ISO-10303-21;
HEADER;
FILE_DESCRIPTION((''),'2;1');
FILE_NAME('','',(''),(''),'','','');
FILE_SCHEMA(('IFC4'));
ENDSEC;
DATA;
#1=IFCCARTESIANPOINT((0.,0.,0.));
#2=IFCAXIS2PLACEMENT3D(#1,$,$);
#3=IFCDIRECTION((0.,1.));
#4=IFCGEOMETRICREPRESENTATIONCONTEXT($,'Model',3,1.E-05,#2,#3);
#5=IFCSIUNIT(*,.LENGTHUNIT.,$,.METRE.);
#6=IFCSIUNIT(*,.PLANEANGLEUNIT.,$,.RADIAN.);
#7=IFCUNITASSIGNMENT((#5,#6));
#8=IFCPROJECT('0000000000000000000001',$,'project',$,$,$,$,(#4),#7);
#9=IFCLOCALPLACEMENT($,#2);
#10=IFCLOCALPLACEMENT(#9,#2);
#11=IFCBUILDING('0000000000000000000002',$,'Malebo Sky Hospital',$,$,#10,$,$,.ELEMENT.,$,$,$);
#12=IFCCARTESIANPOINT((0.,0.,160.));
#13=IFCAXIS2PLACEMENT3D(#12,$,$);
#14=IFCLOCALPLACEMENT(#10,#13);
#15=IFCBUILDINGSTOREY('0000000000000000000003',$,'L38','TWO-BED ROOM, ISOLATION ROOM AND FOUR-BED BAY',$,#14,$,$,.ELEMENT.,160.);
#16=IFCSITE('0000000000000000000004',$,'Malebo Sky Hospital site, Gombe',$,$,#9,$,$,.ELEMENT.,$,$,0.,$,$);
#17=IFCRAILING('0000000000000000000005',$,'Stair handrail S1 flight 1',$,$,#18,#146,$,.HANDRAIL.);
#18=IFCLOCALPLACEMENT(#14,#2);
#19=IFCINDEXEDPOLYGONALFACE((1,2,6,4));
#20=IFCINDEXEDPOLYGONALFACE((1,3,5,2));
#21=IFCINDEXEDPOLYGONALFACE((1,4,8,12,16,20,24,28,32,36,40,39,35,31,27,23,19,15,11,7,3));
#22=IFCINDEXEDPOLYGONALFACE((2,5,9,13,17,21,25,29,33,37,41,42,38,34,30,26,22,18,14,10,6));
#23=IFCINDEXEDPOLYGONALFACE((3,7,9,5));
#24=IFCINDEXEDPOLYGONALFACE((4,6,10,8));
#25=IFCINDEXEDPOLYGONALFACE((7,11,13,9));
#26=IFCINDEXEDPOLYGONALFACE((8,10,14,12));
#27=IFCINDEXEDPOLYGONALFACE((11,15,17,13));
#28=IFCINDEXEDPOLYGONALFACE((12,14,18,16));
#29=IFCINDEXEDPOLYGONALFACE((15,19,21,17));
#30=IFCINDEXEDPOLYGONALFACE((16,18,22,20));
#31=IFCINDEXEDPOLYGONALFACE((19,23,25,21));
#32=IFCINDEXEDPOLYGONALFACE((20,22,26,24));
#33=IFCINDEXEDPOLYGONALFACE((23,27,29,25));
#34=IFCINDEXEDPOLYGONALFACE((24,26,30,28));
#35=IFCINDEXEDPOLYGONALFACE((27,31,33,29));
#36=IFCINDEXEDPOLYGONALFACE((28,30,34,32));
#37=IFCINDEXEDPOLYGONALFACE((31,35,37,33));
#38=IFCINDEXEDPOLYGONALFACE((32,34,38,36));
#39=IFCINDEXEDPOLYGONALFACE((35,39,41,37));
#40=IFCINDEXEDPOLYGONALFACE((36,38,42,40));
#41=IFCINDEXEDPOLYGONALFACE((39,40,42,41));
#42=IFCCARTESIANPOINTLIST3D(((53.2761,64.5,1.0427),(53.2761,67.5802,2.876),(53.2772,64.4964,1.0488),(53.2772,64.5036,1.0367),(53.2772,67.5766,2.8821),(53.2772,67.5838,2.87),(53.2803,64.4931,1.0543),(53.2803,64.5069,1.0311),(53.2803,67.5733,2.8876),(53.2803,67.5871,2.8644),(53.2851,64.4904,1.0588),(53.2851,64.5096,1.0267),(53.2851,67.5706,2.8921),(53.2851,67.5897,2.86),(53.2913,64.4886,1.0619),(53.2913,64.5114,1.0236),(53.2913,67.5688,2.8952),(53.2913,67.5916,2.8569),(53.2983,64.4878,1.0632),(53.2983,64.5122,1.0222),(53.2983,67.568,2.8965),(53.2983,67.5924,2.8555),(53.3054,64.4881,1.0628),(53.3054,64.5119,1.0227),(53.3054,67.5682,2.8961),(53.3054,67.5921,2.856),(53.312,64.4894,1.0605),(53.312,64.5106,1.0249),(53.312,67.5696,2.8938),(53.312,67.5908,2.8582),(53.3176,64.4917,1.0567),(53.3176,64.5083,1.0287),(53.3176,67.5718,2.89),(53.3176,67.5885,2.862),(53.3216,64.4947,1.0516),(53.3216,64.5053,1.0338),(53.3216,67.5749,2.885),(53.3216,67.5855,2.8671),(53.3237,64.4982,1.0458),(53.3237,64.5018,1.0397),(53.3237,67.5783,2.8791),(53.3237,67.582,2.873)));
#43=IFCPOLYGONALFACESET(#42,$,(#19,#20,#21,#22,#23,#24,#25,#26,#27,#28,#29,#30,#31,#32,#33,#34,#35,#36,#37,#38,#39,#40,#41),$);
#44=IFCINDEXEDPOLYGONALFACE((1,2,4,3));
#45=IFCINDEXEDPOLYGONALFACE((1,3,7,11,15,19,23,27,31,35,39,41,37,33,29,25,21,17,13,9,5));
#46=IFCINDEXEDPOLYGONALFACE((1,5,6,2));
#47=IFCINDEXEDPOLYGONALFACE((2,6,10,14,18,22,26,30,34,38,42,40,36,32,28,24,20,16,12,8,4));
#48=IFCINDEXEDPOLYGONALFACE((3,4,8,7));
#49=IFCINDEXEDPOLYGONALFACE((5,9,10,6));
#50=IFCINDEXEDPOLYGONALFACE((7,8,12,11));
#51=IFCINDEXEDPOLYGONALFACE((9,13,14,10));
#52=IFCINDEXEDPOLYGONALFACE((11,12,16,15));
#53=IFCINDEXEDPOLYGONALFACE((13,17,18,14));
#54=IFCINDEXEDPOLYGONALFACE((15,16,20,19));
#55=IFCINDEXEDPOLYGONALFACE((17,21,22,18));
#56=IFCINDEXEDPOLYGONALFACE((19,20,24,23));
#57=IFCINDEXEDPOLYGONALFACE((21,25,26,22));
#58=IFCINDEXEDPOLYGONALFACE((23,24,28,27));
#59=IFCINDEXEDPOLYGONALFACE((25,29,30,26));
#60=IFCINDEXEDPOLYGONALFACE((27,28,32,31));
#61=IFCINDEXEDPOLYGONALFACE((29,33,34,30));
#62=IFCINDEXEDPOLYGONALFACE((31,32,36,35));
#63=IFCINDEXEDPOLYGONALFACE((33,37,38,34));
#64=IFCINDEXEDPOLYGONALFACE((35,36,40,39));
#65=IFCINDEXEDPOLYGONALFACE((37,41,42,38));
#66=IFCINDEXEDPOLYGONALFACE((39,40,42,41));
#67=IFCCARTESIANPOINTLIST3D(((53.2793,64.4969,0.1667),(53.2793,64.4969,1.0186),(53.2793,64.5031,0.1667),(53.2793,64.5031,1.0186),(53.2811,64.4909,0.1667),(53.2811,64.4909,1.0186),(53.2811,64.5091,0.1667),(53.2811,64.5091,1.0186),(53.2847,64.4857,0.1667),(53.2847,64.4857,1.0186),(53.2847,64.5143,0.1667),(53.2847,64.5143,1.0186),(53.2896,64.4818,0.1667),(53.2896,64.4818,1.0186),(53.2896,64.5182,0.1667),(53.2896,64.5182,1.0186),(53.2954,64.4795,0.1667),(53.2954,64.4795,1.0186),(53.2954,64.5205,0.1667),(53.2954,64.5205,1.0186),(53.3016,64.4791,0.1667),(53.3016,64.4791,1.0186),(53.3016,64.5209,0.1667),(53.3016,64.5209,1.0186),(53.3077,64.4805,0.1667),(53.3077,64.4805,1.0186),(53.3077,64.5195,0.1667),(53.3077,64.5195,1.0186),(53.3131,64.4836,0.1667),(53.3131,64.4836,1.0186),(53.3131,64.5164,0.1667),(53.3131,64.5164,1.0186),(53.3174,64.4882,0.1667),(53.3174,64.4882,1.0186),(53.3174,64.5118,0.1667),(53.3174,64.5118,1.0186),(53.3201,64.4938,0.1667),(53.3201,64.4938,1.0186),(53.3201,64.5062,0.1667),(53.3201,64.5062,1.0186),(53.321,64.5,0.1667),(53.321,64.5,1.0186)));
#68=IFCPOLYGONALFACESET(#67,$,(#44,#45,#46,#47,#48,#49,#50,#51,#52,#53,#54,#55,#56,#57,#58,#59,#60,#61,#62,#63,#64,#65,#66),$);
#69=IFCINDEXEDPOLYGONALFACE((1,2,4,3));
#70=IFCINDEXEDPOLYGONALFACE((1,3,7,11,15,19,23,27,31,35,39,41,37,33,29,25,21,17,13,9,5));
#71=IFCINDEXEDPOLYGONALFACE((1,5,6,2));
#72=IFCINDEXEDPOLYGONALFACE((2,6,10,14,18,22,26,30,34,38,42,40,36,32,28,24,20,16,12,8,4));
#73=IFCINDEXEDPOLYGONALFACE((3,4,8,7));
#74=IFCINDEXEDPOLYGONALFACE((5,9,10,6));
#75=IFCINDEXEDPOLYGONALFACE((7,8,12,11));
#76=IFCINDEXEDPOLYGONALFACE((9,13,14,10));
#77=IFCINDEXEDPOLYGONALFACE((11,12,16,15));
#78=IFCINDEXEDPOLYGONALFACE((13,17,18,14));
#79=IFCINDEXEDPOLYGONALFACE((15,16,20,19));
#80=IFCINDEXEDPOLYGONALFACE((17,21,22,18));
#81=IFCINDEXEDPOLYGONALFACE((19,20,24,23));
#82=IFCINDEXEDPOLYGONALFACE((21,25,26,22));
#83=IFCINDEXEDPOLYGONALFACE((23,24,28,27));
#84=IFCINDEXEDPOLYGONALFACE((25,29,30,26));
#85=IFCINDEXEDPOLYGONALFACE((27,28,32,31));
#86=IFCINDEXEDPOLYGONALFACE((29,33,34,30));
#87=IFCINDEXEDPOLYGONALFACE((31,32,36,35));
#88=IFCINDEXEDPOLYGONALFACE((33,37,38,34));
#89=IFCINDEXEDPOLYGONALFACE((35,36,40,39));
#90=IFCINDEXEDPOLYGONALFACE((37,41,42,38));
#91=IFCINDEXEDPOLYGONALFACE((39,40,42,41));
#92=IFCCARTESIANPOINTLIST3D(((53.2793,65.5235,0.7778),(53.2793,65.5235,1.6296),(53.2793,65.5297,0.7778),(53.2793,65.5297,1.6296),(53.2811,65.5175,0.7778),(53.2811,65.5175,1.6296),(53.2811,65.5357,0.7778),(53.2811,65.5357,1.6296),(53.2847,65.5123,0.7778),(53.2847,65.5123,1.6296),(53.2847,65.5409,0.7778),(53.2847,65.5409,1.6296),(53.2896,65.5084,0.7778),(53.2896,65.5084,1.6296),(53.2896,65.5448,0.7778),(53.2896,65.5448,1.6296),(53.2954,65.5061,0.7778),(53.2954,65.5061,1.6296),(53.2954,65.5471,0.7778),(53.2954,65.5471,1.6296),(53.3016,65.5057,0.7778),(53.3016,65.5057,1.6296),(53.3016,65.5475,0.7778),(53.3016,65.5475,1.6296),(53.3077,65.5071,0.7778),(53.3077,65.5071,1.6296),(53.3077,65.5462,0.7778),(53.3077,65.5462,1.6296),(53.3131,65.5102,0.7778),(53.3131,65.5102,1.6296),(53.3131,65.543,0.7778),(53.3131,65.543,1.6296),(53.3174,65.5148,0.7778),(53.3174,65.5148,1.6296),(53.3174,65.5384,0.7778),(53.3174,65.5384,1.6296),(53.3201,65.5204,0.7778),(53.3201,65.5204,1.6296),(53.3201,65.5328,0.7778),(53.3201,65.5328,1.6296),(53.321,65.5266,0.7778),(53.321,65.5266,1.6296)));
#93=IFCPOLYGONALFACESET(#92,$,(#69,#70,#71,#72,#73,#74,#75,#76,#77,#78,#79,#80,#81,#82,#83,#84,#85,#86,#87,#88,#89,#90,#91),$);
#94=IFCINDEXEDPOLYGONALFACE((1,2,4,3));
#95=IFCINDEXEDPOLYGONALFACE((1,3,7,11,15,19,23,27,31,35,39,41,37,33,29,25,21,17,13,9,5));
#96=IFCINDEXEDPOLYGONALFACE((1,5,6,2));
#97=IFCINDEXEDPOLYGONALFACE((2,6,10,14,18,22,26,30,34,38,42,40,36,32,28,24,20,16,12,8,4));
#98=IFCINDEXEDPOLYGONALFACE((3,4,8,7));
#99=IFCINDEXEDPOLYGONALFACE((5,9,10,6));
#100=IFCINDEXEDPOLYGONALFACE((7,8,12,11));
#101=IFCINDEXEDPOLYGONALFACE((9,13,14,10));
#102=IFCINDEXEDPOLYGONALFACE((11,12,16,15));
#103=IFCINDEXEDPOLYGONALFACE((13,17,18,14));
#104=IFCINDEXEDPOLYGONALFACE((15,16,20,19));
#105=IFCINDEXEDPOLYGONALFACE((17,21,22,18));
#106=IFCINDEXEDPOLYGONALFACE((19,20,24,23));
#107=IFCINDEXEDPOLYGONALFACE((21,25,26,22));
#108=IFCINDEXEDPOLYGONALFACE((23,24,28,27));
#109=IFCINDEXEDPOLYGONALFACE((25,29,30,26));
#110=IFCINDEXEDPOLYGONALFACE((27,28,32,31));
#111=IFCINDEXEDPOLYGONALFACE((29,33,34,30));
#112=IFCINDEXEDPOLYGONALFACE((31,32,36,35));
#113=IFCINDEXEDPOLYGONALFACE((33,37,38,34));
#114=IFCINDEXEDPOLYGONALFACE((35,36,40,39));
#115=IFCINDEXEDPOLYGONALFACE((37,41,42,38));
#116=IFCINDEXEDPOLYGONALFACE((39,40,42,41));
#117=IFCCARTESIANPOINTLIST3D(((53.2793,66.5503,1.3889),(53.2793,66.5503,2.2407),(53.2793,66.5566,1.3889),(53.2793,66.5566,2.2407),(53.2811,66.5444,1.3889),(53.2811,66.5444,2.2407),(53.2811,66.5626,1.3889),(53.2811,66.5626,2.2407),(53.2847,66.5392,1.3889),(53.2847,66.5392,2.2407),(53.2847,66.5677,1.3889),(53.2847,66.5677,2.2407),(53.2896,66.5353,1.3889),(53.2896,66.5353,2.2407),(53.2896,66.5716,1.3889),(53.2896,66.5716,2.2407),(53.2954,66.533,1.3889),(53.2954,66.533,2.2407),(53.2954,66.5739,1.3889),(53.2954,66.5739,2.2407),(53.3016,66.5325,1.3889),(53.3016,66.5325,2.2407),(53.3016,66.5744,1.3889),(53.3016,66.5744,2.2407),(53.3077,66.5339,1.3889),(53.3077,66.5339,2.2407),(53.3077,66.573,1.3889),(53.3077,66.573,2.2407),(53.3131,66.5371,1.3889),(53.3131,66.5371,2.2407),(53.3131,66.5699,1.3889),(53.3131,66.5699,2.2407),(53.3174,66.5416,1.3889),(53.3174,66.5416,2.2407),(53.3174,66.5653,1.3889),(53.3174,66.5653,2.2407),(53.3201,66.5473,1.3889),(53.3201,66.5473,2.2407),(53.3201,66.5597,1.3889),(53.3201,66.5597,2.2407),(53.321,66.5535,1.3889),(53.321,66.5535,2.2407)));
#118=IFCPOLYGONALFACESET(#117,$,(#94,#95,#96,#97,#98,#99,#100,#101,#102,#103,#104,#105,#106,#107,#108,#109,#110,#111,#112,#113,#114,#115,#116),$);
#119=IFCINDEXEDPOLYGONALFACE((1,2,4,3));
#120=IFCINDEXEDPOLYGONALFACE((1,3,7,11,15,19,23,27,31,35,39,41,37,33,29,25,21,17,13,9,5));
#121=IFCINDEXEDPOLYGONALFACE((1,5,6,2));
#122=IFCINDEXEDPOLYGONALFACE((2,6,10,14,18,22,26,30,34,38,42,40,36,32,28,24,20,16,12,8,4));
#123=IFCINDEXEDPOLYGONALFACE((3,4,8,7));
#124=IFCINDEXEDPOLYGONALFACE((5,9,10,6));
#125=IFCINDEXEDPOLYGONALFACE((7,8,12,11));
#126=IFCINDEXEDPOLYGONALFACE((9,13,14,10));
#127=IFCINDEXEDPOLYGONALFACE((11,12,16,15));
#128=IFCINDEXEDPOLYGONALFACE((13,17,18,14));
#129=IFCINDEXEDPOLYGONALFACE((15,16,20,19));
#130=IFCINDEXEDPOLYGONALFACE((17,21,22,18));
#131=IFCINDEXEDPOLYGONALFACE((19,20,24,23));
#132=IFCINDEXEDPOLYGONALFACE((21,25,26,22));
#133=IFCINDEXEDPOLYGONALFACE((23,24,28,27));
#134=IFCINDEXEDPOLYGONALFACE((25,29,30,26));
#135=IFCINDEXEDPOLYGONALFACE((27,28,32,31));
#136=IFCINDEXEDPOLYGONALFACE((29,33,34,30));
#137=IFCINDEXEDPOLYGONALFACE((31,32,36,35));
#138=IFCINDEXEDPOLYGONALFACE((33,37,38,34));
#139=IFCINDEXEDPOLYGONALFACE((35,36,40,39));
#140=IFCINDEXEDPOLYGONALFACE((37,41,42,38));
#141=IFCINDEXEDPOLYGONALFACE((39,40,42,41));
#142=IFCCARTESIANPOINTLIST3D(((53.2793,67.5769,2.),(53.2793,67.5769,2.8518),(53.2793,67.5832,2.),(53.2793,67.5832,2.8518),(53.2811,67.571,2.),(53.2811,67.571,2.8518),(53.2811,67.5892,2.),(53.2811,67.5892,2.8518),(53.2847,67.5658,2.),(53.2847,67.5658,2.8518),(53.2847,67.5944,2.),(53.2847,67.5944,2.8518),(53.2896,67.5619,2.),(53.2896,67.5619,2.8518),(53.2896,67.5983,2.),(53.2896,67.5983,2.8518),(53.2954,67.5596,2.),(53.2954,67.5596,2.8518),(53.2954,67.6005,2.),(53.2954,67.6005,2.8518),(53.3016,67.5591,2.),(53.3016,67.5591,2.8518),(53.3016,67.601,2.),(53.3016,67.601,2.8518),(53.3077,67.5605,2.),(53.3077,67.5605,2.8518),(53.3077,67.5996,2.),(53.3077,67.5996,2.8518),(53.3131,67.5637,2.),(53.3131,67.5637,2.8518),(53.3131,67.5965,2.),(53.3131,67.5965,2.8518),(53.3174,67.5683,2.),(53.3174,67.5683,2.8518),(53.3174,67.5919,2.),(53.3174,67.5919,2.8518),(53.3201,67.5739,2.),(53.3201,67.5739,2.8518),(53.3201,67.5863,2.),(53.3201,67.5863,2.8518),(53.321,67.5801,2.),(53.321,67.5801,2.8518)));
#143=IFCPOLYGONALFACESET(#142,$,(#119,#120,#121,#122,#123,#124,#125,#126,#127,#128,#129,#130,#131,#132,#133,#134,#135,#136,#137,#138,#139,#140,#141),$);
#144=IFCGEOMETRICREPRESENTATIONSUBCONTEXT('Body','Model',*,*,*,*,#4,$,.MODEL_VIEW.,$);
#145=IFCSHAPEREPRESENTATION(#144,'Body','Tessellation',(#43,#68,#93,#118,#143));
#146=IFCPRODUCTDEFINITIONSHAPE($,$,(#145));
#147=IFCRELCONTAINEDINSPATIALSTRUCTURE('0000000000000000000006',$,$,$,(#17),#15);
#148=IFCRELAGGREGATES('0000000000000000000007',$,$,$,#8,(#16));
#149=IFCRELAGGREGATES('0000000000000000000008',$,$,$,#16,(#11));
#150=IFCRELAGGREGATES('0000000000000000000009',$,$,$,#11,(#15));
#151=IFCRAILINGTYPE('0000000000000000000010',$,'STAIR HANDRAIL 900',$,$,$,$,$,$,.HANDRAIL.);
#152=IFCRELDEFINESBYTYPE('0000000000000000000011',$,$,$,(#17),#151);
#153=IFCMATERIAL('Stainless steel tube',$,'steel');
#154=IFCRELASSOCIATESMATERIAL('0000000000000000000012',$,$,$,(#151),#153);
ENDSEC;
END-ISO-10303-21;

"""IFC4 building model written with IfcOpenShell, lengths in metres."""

from ifc_helpers import new_model, si_unit, direction, frame, origin, origin_2d, place, context, subcontext, project, spatial, circle, extrude, material, type_object, element, save


model = new_model("IFC4")

# Units and contexts
model_context = context("Model", 3, precision=1e-05, world=origin(), true_north=direction((0.0, 1.0)))
body_context = subcontext(model_context, "Body", "Model", "MODEL_VIEW")
ifc_project = project(units=[si_unit("LENGTHUNIT", "METRE"), si_unit("PLANEANGLEUNIT", "RADIAN")], contexts=[model_context])

# Site, building, storey
site_placement = place(None, origin())
site = spatial("IfcSite", under=ifc_project, at=site_placement, Name="Malebo Sky Hospital site, Gombe", CompositionType="ELEMENT", RefElevation=0.0)
building_placement = place(site_placement, origin())
building = spatial("IfcBuilding", under=site, at=building_placement, Name="Malebo Sky Hospital", CompositionType="ELEMENT")
storey_placement = place(building_placement, frame((0.0, 0.0, 160.0)))
storey = spatial("IfcBuildingStorey", under=building, at=storey_placement, Name="L38", Description="TWO-BED ROOM, ISOLATION ROOM AND FOUR-BED BAY", CompositionType="ELEMENT", Elevation=160.0)

# Railing
ifc_material_1 = material(Name="Stainless steel tube", Category="steel")
railing_type = type_object("IfcRailingType", Name="STAIR HANDRAIL 900", PredefinedType="HANDRAIL", material=ifc_material_1)
railing_1_placement = place(storey_placement, frame((53.3, 64.5, 0.1667)))
element("IfcRailing", 1, at=railing_1_placement, inside=storey, type_object=railing_type, Name="Stair handrail S1 flight 1", PredefinedType="HANDRAIL", context=body_context, shape_type="SweptSolid", body=[
    extrude(circle(Radius=0.0239, at=origin_2d()), frame((0.0, 0.0, 0.876), z_axis=(0.0, 0.859309, 0.511458), x_axis=(-1.0, 0.0, 0.0)), (0.0, 0.0, 1.0), 3.5845),
    extrude(circle(Radius=0.021, at=origin_2d()), origin(), (0.0, 0.0, 1.0), 0.8518),
    extrude(circle(Radius=0.021, at=origin_2d()), frame((0.0, 1.0266, 0.6111)), (0.0, 0.0, 1.0), 0.8518),
    extrude(circle(Radius=0.021, at=origin_2d()), frame((0.0, 2.0535, 1.2222)), (0.0, 0.0, 1.0), 0.8518),
    extrude(circle(Radius=0.021, at=origin_2d()), frame((0.0, 3.0801, 1.8333)), (0.0, 0.0, 1.0), 0.8518),
])

save(model, "model.ifc")
